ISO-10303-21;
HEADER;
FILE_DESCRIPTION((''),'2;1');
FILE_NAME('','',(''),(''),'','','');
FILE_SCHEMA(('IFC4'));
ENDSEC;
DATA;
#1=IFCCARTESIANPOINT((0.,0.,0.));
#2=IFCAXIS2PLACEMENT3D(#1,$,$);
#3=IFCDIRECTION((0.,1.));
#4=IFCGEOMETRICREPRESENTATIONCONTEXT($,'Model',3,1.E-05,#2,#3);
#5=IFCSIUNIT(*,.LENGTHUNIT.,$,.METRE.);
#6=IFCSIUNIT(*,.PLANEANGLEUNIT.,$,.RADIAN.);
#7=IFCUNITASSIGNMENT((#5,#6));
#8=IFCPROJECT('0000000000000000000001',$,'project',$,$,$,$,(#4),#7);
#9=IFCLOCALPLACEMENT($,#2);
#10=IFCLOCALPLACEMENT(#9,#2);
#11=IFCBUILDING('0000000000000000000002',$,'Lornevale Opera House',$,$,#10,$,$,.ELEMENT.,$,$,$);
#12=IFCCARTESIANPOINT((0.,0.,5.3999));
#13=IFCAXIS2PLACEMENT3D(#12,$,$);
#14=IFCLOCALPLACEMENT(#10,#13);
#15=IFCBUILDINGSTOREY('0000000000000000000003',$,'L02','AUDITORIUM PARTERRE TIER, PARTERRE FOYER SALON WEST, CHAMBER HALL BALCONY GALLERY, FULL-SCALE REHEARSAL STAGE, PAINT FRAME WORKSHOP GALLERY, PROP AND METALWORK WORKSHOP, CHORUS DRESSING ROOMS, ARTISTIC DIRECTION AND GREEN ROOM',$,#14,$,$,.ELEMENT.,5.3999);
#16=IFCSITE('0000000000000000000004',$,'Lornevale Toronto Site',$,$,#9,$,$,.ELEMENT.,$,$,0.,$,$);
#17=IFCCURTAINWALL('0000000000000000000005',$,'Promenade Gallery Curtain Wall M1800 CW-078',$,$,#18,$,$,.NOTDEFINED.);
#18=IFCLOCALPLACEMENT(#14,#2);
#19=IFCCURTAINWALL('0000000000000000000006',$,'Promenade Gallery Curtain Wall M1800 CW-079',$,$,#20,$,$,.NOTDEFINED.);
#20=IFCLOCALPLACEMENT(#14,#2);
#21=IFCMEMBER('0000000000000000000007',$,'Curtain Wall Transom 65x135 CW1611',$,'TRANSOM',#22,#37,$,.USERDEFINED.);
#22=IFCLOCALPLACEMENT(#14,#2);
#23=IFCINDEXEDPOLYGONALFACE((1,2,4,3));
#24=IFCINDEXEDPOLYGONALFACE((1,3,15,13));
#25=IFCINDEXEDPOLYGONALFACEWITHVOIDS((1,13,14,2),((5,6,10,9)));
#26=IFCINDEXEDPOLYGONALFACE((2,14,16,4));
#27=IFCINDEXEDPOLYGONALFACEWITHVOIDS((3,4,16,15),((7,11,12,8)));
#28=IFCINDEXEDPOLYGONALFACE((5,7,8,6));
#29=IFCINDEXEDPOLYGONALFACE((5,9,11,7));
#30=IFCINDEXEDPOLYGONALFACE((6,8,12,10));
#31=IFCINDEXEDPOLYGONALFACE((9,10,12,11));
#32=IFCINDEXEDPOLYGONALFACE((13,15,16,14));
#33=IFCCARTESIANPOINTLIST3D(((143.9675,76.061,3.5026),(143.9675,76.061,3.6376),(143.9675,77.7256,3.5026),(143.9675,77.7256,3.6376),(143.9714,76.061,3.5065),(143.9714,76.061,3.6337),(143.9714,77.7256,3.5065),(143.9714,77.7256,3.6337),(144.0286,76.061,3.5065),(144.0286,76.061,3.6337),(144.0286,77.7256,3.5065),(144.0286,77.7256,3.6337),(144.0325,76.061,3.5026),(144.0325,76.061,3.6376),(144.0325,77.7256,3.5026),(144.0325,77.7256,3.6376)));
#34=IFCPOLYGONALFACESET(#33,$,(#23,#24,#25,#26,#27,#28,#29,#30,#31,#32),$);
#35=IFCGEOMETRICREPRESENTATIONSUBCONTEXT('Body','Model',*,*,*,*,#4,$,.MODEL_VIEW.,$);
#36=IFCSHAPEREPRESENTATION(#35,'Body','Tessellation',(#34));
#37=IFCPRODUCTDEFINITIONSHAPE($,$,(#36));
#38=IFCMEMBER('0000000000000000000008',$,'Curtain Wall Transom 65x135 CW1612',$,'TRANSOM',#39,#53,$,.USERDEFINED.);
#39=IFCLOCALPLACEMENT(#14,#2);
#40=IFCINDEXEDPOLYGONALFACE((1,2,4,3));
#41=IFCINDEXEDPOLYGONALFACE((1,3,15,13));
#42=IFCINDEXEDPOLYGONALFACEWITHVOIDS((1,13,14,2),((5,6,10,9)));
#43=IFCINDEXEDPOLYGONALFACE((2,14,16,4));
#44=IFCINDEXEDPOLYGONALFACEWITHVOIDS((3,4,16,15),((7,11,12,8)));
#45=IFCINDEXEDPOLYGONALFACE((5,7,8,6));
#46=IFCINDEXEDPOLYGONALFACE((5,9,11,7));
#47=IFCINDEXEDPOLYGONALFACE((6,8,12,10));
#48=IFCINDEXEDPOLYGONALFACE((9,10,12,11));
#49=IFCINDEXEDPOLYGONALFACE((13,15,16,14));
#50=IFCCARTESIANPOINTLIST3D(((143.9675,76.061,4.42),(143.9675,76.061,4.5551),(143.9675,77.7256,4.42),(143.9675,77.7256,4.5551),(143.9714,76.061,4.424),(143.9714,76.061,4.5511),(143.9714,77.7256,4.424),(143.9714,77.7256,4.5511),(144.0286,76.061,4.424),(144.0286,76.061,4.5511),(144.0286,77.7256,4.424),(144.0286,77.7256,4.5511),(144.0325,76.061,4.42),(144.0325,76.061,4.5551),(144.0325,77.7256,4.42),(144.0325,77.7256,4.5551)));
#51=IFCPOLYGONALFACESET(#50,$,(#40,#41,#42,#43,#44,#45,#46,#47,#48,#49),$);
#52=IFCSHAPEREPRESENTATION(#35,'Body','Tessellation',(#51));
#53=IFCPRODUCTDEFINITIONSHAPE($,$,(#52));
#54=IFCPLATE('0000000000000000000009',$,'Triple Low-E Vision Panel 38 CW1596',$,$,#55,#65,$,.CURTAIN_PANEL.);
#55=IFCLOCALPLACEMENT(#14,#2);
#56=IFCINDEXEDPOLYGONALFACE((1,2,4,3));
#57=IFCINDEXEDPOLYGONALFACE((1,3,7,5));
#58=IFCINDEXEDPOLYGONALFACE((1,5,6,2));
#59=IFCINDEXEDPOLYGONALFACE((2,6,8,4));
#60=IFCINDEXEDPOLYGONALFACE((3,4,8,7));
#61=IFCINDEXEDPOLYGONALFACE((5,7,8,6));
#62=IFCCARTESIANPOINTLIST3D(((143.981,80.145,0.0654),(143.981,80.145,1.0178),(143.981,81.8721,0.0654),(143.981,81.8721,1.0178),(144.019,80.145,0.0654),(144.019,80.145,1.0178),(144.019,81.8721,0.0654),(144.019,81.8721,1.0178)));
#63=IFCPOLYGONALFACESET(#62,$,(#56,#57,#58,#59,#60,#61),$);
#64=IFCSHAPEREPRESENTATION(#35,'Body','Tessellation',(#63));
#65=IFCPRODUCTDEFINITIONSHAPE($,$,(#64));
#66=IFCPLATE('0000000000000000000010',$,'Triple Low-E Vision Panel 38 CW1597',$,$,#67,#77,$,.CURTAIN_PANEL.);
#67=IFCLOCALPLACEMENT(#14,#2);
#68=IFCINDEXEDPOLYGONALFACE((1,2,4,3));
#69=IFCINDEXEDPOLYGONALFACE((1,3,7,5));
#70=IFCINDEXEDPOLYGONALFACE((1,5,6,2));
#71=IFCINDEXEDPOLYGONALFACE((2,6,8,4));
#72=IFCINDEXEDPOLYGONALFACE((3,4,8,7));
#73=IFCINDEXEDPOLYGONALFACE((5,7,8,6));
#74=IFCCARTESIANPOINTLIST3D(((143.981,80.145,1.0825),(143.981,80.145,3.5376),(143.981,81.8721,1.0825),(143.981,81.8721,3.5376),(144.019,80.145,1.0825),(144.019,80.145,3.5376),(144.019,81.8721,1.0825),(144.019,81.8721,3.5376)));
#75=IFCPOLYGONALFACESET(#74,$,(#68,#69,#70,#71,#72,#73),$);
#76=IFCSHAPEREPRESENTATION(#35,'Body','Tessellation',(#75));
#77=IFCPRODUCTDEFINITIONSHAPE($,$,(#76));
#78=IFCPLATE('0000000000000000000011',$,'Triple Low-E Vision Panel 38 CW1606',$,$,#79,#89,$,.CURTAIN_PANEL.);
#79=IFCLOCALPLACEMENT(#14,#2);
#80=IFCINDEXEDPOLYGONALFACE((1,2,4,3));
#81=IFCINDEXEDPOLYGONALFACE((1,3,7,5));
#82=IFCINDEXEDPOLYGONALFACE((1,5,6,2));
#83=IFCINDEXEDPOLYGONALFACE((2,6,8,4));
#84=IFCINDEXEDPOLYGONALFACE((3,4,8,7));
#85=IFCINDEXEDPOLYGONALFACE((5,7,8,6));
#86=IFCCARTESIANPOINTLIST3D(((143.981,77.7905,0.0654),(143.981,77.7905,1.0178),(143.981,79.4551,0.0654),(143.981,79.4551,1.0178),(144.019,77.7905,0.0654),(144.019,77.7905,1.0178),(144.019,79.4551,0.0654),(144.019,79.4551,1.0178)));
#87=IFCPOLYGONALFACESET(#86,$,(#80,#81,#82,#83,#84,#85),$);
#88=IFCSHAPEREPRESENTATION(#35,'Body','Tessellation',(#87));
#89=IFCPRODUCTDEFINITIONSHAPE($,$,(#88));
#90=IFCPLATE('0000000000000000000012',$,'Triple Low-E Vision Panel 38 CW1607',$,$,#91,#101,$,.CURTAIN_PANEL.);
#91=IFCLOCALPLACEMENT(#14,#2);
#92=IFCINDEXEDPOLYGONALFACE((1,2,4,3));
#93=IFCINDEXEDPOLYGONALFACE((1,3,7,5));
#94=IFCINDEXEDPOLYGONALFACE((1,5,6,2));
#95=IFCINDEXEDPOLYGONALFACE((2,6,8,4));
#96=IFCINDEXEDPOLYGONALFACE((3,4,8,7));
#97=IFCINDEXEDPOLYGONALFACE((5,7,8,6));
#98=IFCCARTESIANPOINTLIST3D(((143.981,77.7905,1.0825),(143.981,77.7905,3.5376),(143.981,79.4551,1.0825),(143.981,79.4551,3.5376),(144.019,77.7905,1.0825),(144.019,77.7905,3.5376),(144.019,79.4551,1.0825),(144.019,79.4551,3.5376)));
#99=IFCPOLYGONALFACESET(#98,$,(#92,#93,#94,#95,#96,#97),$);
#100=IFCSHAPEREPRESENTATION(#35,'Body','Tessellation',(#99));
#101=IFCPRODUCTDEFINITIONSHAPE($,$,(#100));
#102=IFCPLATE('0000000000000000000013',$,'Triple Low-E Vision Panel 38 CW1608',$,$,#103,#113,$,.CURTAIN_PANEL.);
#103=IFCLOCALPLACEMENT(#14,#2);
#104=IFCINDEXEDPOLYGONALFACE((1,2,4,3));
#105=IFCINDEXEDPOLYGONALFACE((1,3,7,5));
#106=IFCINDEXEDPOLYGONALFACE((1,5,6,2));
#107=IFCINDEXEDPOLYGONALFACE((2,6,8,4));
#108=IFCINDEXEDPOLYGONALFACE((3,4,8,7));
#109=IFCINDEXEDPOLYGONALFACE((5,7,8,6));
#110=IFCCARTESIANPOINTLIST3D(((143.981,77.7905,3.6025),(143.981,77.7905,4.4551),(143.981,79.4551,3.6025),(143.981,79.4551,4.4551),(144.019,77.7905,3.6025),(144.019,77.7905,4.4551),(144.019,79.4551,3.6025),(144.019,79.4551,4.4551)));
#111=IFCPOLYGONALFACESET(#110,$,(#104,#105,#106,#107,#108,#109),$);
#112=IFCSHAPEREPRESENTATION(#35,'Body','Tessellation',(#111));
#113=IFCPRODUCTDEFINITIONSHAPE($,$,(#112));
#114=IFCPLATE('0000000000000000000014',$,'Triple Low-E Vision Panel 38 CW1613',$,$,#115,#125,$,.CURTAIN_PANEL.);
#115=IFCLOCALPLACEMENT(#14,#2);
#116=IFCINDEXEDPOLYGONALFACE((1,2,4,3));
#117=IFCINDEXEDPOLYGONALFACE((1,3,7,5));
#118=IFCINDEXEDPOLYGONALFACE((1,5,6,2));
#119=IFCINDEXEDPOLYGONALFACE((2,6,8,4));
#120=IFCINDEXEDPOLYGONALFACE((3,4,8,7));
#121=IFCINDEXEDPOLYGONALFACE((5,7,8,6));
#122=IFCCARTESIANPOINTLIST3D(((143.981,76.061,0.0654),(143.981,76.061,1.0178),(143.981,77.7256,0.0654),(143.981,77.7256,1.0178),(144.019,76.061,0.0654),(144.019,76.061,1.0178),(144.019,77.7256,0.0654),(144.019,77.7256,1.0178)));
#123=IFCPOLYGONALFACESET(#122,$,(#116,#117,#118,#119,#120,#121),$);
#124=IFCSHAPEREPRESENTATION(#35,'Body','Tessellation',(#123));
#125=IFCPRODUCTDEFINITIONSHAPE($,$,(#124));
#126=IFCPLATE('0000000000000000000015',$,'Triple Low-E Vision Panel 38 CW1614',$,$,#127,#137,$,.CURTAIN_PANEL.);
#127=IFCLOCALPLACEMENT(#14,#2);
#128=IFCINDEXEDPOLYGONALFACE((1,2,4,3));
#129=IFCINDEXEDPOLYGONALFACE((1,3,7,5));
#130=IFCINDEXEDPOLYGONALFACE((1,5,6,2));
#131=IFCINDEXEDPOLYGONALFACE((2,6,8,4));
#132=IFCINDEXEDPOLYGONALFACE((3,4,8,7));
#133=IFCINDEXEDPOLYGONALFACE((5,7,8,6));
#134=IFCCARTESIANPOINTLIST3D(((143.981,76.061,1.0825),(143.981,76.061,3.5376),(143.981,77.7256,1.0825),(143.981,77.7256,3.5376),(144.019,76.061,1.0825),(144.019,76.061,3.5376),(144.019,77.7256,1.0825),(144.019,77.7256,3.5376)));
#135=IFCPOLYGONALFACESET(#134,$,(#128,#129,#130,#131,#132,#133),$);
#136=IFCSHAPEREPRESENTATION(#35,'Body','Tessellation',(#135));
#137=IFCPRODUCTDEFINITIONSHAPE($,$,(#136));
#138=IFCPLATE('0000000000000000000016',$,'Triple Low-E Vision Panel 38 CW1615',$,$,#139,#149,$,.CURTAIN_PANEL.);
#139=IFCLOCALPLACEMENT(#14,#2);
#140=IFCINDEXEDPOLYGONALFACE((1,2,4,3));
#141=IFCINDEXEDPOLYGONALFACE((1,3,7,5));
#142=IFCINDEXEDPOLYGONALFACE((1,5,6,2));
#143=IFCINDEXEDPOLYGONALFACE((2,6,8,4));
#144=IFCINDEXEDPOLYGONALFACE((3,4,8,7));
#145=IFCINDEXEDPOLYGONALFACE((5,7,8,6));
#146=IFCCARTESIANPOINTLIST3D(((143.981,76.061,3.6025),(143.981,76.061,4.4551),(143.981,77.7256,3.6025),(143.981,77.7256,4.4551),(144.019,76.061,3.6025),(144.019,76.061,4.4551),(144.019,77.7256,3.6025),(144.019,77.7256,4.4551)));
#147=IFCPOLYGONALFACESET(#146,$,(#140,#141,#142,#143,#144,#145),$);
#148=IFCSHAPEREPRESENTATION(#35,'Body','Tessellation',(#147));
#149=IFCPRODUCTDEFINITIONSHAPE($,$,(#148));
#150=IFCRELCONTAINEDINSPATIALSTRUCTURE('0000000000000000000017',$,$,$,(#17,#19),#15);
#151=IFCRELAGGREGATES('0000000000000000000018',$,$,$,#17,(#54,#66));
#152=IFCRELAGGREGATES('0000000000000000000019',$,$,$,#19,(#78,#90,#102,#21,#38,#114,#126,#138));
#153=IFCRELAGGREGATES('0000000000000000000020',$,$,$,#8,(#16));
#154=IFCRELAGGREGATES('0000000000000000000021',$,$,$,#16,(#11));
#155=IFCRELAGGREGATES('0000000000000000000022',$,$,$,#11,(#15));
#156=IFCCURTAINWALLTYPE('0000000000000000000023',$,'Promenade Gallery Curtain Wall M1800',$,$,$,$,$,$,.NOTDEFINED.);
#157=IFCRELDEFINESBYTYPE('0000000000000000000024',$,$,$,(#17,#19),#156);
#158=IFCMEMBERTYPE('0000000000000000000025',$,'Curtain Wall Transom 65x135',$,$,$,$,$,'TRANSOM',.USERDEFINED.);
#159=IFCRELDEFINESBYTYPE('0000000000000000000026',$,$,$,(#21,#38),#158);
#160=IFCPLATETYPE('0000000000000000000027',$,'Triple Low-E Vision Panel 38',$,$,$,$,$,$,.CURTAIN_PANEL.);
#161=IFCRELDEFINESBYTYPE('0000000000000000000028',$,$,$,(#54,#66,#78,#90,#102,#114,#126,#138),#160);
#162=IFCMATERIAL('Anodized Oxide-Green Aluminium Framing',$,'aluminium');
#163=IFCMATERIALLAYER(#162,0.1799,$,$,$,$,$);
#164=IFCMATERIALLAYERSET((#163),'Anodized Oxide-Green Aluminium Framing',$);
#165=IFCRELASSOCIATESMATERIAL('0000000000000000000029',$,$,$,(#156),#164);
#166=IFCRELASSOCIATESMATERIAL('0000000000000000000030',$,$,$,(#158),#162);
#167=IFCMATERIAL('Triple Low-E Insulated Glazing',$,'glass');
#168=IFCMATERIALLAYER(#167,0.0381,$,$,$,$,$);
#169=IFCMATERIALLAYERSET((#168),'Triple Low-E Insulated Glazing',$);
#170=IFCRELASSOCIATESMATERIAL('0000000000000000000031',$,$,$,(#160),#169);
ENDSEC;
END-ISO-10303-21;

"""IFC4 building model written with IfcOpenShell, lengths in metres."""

from ifc_helpers import new_model, si_unit, direction, frame, origin, origin_2d, place, context, subcontext, project, spatial, rectangle, hollow_rectangle, extrude, material, layer, layer_set, material_profile, profile_set, type_object, element, aggregate, save


model = new_model("IFC4")

# Units and contexts
model_context = context("Model", 3, precision=1e-05, world=origin(), true_north=direction((0.0, 1.0)))
body_context = subcontext(model_context, "Body", "Model", "MODEL_VIEW")
ifc_project = project(units=[si_unit("LENGTHUNIT", "METRE"), si_unit("PLANEANGLEUNIT", "RADIAN")], contexts=[model_context])

# Site, building, storey
site_placement = place(None, origin())
site = spatial("IfcSite", under=ifc_project, at=site_placement, Name="Lornevale Toronto Site", CompositionType="ELEMENT", RefElevation=0.0)
building_placement = place(site_placement, origin())
building = spatial("IfcBuilding", under=site, at=building_placement, Name="Lornevale Opera House", CompositionType="ELEMENT")
storey_placement = place(building_placement, frame((0.0, 0.0, 5.3999)))
storey = spatial("IfcBuildingStorey", under=building, at=storey_placement, Name="L02", Description="AUDITORIUM PARTERRE TIER, PARTERRE FOYER SALON WEST, CHAMBER HALL BALCONY GALLERY, FULL-SCALE REHEARSAL STAGE, PAINT FRAME WORKSHOP GALLERY, PROP AND METALWORK WORKSHOP, CHORUS DRESSING ROOMS, ARTISTIC DIRECTION AND GREEN ROOM", CompositionType="ELEMENT", Elevation=5.3999)

# Curtain wall
ifc_material_1 = material(Name="Anodized Oxide-Green Aluminium Framing", Category="aluminium")
ifc_layer_1 = layer(ifc_material_1, 0.1799)
ifc_layer_set_1 = layer_set([ifc_layer_1], Name="Anodized Oxide-Green Aluminium Framing")
curtain_wall_type = type_object("IfcCurtainWallType", Name="Promenade Gallery Curtain Wall M1800", PredefinedType="NOTDEFINED", material=ifc_layer_set_1)
curtain_wall_1_placement = place(storey_placement, origin())
curtain_wall_1 = element("IfcCurtainWall", 1, at=curtain_wall_1_placement, inside=storey, type_object=curtain_wall_type, Name="Promenade Gallery Curtain Wall M1800 CW-078", PredefinedType="NOTDEFINED")

# Curtain wall, members
curtain_wall_2_placement = place(storey_placement, origin())
curtain_wall_2 = element("IfcCurtainWall", 2, at=curtain_wall_2_placement, inside=storey, type_object=curtain_wall_type, Name="Promenade Gallery Curtain Wall M1800 CW-079", PredefinedType="NOTDEFINED")
ifc_material_profile_1 = material_profile(ifc_material_1, hollow_rectangle(XDim=0.0649, YDim=0.135, WallThickness=0.0039, at=origin_2d()), Name="ALU65x135x4")
ifc_profile_set_1 = profile_set([ifc_material_profile_1], Name="Anodized Oxide-Green Aluminium Framing")
member_type_1 = type_object("IfcMemberType", Name="Curtain Wall Transom 65x135", ElementType="TRANSOM", PredefinedType="USERDEFINED", material=ifc_profile_set_1)
member_1_placement = place(storey_placement, frame((144.0, 77.7256, 3.5701), z_axis=(0.0, -1.0, 0.0), x_axis=(1.0, 0.0, 0.0)))
member_1 = element("IfcMember", 3, at=member_1_placement, type_object=member_type_1, Name="Curtain Wall Transom 65x135 CW1611", ObjectType="TRANSOM", PredefinedType="USERDEFINED", context=body_context, shape_type="SweptSolid", body=[
    extrude(hollow_rectangle(XDim=0.0649, YDim=0.135, WallThickness=0.0039, at=origin_2d()), origin(), (0.0, 0.0, 1.0), 1.6646),
])
member_2_placement = place(storey_placement, frame((144.0, 77.7256, 4.4875), z_axis=(0.0, -1.0, 0.0), x_axis=(1.0, 0.0, 0.0)))
member_2 = element("IfcMember", 4, at=member_2_placement, type_object=member_type_1, Name="Curtain Wall Transom 65x135 CW1612", ObjectType="TRANSOM", PredefinedType="USERDEFINED", context=body_context, shape_type="SweptSolid", body=[
    extrude(hollow_rectangle(XDim=0.0649, YDim=0.135, WallThickness=0.0039, at=origin_2d()), origin(), (0.0, 0.0, 1.0), 1.6646),
])

# Plates
ifc_material_2 = material(Name="Triple Low-E Insulated Glazing", Category="glass")
ifc_layer_2 = layer(ifc_material_2, 0.0381)
ifc_layer_set_2 = layer_set([ifc_layer_2], Name="Triple Low-E Insulated Glazing")
plate_type = type_object("IfcPlateType", Name="Triple Low-E Vision Panel 38", PredefinedType="CURTAIN_PANEL", material=ifc_layer_set_2)
plate_1_placement = place(storey_placement, frame((144.0, 81.0085, 0.0654), z_axis=(0.0, 0.0, 1.0), x_axis=(0.0, -1.0, 0.0)))
plate_1 = element("IfcPlate", 5, at=plate_1_placement, type_object=plate_type, Name="Triple Low-E Vision Panel 38 CW1596", PredefinedType="CURTAIN_PANEL", context=body_context, shape_type="SweptSolid", body=[
    extrude(rectangle(XDim=1.7271, YDim=0.0381, at=origin_2d()), origin(), (0.0, 0.0, 1.0), 0.9524),
])
plate_2_placement = place(storey_placement, frame((144.0, 81.0085, 1.0825), z_axis=(0.0, 0.0, 1.0), x_axis=(0.0, -1.0, 0.0)))
plate_2 = element("IfcPlate", 6, at=plate_2_placement, type_object=plate_type, Name="Triple Low-E Vision Panel 38 CW1597", PredefinedType="CURTAIN_PANEL", context=body_context, shape_type="SweptSolid", body=[
    extrude(rectangle(XDim=1.7271, YDim=0.0381, at=origin_2d()), origin(), (0.0, 0.0, 1.0), 2.4551),
])
aggregate(curtain_wall_1, [plate_1, plate_2])
plate_3_placement = place(storey_placement, frame((144.0, 78.6228, 0.0654), z_axis=(0.0, 0.0, 1.0), x_axis=(0.0, -1.0, 0.0)))
plate_3 = element("IfcPlate", 7, at=plate_3_placement, type_object=plate_type, Name="Triple Low-E Vision Panel 38 CW1606", PredefinedType="CURTAIN_PANEL", context=body_context, shape_type="SweptSolid", body=[
    extrude(rectangle(XDim=1.6646, YDim=0.0381, at=origin_2d()), origin(), (0.0, 0.0, 1.0), 0.9524),
])
plate_4_placement = place(storey_placement, frame((144.0, 78.6228, 1.0825), z_axis=(0.0, 0.0, 1.0), x_axis=(0.0, -1.0, 0.0)))
plate_4 = element("IfcPlate", 8, at=plate_4_placement, type_object=plate_type, Name="Triple Low-E Vision Panel 38 CW1607", PredefinedType="CURTAIN_PANEL", context=body_context, shape_type="SweptSolid", body=[
    extrude(rectangle(XDim=1.6646, YDim=0.0381, at=origin_2d()), origin(), (0.0, 0.0, 1.0), 2.4551),
])
plate_5_placement = place(storey_placement, frame((144.0, 78.6228, 3.6025), z_axis=(0.0, 0.0, 1.0), x_axis=(0.0, -1.0, 0.0)))
plate_5 = element("IfcPlate", 9, at=plate_5_placement, type_object=plate_type, Name="Triple Low-E Vision Panel 38 CW1608", PredefinedType="CURTAIN_PANEL", context=body_context, shape_type="SweptSolid", body=[
    extrude(rectangle(XDim=1.6646, YDim=0.0381, at=origin_2d()), origin(), (0.0, 0.0, 1.0), 0.8525),
])
plate_6_placement = place(storey_placement, frame((144.0, 76.8933, 0.0654), z_axis=(0.0, 0.0, 1.0), x_axis=(0.0, -1.0, 0.0)))
plate_6 = element("IfcPlate", 10, at=plate_6_placement, type_object=plate_type, Name="Triple Low-E Vision Panel 38 CW1613", PredefinedType="CURTAIN_PANEL", context=body_context, shape_type="SweptSolid", body=[
    extrude(rectangle(XDim=1.6646, YDim=0.0381, at=origin_2d()), origin(), (0.0, 0.0, 1.0), 0.9524),
])
plate_7_placement = place(storey_placement, frame((144.0, 76.8933, 1.0825), z_axis=(0.0, 0.0, 1.0), x_axis=(0.0, -1.0, 0.0)))
plate_7 = element("IfcPlate", 11, at=plate_7_placement, type_object=plate_type, Name="Triple Low-E Vision Panel 38 CW1614", PredefinedType="CURTAIN_PANEL", context=body_context, shape_type="SweptSolid", body=[
    extrude(rectangle(XDim=1.6646, YDim=0.0381, at=origin_2d()), origin(), (0.0, 0.0, 1.0), 2.4551),
])
plate_8_placement = place(storey_placement, frame((144.0, 76.8933, 3.6025), z_axis=(0.0, 0.0, 1.0), x_axis=(0.0, -1.0, 0.0)))
plate_8 = element("IfcPlate", 12, at=plate_8_placement, type_object=plate_type, Name="Triple Low-E Vision Panel 38 CW1615", PredefinedType="CURTAIN_PANEL", context=body_context, shape_type="SweptSolid", body=[
    extrude(rectangle(XDim=1.6646, YDim=0.0381, at=origin_2d()), origin(), (0.0, 0.0, 1.0), 0.8525),
])
aggregate(curtain_wall_2, [plate_3, plate_4, plate_5, member_1, member_2, plate_6, plate_7, plate_8])

save(model, "model.ifc")
